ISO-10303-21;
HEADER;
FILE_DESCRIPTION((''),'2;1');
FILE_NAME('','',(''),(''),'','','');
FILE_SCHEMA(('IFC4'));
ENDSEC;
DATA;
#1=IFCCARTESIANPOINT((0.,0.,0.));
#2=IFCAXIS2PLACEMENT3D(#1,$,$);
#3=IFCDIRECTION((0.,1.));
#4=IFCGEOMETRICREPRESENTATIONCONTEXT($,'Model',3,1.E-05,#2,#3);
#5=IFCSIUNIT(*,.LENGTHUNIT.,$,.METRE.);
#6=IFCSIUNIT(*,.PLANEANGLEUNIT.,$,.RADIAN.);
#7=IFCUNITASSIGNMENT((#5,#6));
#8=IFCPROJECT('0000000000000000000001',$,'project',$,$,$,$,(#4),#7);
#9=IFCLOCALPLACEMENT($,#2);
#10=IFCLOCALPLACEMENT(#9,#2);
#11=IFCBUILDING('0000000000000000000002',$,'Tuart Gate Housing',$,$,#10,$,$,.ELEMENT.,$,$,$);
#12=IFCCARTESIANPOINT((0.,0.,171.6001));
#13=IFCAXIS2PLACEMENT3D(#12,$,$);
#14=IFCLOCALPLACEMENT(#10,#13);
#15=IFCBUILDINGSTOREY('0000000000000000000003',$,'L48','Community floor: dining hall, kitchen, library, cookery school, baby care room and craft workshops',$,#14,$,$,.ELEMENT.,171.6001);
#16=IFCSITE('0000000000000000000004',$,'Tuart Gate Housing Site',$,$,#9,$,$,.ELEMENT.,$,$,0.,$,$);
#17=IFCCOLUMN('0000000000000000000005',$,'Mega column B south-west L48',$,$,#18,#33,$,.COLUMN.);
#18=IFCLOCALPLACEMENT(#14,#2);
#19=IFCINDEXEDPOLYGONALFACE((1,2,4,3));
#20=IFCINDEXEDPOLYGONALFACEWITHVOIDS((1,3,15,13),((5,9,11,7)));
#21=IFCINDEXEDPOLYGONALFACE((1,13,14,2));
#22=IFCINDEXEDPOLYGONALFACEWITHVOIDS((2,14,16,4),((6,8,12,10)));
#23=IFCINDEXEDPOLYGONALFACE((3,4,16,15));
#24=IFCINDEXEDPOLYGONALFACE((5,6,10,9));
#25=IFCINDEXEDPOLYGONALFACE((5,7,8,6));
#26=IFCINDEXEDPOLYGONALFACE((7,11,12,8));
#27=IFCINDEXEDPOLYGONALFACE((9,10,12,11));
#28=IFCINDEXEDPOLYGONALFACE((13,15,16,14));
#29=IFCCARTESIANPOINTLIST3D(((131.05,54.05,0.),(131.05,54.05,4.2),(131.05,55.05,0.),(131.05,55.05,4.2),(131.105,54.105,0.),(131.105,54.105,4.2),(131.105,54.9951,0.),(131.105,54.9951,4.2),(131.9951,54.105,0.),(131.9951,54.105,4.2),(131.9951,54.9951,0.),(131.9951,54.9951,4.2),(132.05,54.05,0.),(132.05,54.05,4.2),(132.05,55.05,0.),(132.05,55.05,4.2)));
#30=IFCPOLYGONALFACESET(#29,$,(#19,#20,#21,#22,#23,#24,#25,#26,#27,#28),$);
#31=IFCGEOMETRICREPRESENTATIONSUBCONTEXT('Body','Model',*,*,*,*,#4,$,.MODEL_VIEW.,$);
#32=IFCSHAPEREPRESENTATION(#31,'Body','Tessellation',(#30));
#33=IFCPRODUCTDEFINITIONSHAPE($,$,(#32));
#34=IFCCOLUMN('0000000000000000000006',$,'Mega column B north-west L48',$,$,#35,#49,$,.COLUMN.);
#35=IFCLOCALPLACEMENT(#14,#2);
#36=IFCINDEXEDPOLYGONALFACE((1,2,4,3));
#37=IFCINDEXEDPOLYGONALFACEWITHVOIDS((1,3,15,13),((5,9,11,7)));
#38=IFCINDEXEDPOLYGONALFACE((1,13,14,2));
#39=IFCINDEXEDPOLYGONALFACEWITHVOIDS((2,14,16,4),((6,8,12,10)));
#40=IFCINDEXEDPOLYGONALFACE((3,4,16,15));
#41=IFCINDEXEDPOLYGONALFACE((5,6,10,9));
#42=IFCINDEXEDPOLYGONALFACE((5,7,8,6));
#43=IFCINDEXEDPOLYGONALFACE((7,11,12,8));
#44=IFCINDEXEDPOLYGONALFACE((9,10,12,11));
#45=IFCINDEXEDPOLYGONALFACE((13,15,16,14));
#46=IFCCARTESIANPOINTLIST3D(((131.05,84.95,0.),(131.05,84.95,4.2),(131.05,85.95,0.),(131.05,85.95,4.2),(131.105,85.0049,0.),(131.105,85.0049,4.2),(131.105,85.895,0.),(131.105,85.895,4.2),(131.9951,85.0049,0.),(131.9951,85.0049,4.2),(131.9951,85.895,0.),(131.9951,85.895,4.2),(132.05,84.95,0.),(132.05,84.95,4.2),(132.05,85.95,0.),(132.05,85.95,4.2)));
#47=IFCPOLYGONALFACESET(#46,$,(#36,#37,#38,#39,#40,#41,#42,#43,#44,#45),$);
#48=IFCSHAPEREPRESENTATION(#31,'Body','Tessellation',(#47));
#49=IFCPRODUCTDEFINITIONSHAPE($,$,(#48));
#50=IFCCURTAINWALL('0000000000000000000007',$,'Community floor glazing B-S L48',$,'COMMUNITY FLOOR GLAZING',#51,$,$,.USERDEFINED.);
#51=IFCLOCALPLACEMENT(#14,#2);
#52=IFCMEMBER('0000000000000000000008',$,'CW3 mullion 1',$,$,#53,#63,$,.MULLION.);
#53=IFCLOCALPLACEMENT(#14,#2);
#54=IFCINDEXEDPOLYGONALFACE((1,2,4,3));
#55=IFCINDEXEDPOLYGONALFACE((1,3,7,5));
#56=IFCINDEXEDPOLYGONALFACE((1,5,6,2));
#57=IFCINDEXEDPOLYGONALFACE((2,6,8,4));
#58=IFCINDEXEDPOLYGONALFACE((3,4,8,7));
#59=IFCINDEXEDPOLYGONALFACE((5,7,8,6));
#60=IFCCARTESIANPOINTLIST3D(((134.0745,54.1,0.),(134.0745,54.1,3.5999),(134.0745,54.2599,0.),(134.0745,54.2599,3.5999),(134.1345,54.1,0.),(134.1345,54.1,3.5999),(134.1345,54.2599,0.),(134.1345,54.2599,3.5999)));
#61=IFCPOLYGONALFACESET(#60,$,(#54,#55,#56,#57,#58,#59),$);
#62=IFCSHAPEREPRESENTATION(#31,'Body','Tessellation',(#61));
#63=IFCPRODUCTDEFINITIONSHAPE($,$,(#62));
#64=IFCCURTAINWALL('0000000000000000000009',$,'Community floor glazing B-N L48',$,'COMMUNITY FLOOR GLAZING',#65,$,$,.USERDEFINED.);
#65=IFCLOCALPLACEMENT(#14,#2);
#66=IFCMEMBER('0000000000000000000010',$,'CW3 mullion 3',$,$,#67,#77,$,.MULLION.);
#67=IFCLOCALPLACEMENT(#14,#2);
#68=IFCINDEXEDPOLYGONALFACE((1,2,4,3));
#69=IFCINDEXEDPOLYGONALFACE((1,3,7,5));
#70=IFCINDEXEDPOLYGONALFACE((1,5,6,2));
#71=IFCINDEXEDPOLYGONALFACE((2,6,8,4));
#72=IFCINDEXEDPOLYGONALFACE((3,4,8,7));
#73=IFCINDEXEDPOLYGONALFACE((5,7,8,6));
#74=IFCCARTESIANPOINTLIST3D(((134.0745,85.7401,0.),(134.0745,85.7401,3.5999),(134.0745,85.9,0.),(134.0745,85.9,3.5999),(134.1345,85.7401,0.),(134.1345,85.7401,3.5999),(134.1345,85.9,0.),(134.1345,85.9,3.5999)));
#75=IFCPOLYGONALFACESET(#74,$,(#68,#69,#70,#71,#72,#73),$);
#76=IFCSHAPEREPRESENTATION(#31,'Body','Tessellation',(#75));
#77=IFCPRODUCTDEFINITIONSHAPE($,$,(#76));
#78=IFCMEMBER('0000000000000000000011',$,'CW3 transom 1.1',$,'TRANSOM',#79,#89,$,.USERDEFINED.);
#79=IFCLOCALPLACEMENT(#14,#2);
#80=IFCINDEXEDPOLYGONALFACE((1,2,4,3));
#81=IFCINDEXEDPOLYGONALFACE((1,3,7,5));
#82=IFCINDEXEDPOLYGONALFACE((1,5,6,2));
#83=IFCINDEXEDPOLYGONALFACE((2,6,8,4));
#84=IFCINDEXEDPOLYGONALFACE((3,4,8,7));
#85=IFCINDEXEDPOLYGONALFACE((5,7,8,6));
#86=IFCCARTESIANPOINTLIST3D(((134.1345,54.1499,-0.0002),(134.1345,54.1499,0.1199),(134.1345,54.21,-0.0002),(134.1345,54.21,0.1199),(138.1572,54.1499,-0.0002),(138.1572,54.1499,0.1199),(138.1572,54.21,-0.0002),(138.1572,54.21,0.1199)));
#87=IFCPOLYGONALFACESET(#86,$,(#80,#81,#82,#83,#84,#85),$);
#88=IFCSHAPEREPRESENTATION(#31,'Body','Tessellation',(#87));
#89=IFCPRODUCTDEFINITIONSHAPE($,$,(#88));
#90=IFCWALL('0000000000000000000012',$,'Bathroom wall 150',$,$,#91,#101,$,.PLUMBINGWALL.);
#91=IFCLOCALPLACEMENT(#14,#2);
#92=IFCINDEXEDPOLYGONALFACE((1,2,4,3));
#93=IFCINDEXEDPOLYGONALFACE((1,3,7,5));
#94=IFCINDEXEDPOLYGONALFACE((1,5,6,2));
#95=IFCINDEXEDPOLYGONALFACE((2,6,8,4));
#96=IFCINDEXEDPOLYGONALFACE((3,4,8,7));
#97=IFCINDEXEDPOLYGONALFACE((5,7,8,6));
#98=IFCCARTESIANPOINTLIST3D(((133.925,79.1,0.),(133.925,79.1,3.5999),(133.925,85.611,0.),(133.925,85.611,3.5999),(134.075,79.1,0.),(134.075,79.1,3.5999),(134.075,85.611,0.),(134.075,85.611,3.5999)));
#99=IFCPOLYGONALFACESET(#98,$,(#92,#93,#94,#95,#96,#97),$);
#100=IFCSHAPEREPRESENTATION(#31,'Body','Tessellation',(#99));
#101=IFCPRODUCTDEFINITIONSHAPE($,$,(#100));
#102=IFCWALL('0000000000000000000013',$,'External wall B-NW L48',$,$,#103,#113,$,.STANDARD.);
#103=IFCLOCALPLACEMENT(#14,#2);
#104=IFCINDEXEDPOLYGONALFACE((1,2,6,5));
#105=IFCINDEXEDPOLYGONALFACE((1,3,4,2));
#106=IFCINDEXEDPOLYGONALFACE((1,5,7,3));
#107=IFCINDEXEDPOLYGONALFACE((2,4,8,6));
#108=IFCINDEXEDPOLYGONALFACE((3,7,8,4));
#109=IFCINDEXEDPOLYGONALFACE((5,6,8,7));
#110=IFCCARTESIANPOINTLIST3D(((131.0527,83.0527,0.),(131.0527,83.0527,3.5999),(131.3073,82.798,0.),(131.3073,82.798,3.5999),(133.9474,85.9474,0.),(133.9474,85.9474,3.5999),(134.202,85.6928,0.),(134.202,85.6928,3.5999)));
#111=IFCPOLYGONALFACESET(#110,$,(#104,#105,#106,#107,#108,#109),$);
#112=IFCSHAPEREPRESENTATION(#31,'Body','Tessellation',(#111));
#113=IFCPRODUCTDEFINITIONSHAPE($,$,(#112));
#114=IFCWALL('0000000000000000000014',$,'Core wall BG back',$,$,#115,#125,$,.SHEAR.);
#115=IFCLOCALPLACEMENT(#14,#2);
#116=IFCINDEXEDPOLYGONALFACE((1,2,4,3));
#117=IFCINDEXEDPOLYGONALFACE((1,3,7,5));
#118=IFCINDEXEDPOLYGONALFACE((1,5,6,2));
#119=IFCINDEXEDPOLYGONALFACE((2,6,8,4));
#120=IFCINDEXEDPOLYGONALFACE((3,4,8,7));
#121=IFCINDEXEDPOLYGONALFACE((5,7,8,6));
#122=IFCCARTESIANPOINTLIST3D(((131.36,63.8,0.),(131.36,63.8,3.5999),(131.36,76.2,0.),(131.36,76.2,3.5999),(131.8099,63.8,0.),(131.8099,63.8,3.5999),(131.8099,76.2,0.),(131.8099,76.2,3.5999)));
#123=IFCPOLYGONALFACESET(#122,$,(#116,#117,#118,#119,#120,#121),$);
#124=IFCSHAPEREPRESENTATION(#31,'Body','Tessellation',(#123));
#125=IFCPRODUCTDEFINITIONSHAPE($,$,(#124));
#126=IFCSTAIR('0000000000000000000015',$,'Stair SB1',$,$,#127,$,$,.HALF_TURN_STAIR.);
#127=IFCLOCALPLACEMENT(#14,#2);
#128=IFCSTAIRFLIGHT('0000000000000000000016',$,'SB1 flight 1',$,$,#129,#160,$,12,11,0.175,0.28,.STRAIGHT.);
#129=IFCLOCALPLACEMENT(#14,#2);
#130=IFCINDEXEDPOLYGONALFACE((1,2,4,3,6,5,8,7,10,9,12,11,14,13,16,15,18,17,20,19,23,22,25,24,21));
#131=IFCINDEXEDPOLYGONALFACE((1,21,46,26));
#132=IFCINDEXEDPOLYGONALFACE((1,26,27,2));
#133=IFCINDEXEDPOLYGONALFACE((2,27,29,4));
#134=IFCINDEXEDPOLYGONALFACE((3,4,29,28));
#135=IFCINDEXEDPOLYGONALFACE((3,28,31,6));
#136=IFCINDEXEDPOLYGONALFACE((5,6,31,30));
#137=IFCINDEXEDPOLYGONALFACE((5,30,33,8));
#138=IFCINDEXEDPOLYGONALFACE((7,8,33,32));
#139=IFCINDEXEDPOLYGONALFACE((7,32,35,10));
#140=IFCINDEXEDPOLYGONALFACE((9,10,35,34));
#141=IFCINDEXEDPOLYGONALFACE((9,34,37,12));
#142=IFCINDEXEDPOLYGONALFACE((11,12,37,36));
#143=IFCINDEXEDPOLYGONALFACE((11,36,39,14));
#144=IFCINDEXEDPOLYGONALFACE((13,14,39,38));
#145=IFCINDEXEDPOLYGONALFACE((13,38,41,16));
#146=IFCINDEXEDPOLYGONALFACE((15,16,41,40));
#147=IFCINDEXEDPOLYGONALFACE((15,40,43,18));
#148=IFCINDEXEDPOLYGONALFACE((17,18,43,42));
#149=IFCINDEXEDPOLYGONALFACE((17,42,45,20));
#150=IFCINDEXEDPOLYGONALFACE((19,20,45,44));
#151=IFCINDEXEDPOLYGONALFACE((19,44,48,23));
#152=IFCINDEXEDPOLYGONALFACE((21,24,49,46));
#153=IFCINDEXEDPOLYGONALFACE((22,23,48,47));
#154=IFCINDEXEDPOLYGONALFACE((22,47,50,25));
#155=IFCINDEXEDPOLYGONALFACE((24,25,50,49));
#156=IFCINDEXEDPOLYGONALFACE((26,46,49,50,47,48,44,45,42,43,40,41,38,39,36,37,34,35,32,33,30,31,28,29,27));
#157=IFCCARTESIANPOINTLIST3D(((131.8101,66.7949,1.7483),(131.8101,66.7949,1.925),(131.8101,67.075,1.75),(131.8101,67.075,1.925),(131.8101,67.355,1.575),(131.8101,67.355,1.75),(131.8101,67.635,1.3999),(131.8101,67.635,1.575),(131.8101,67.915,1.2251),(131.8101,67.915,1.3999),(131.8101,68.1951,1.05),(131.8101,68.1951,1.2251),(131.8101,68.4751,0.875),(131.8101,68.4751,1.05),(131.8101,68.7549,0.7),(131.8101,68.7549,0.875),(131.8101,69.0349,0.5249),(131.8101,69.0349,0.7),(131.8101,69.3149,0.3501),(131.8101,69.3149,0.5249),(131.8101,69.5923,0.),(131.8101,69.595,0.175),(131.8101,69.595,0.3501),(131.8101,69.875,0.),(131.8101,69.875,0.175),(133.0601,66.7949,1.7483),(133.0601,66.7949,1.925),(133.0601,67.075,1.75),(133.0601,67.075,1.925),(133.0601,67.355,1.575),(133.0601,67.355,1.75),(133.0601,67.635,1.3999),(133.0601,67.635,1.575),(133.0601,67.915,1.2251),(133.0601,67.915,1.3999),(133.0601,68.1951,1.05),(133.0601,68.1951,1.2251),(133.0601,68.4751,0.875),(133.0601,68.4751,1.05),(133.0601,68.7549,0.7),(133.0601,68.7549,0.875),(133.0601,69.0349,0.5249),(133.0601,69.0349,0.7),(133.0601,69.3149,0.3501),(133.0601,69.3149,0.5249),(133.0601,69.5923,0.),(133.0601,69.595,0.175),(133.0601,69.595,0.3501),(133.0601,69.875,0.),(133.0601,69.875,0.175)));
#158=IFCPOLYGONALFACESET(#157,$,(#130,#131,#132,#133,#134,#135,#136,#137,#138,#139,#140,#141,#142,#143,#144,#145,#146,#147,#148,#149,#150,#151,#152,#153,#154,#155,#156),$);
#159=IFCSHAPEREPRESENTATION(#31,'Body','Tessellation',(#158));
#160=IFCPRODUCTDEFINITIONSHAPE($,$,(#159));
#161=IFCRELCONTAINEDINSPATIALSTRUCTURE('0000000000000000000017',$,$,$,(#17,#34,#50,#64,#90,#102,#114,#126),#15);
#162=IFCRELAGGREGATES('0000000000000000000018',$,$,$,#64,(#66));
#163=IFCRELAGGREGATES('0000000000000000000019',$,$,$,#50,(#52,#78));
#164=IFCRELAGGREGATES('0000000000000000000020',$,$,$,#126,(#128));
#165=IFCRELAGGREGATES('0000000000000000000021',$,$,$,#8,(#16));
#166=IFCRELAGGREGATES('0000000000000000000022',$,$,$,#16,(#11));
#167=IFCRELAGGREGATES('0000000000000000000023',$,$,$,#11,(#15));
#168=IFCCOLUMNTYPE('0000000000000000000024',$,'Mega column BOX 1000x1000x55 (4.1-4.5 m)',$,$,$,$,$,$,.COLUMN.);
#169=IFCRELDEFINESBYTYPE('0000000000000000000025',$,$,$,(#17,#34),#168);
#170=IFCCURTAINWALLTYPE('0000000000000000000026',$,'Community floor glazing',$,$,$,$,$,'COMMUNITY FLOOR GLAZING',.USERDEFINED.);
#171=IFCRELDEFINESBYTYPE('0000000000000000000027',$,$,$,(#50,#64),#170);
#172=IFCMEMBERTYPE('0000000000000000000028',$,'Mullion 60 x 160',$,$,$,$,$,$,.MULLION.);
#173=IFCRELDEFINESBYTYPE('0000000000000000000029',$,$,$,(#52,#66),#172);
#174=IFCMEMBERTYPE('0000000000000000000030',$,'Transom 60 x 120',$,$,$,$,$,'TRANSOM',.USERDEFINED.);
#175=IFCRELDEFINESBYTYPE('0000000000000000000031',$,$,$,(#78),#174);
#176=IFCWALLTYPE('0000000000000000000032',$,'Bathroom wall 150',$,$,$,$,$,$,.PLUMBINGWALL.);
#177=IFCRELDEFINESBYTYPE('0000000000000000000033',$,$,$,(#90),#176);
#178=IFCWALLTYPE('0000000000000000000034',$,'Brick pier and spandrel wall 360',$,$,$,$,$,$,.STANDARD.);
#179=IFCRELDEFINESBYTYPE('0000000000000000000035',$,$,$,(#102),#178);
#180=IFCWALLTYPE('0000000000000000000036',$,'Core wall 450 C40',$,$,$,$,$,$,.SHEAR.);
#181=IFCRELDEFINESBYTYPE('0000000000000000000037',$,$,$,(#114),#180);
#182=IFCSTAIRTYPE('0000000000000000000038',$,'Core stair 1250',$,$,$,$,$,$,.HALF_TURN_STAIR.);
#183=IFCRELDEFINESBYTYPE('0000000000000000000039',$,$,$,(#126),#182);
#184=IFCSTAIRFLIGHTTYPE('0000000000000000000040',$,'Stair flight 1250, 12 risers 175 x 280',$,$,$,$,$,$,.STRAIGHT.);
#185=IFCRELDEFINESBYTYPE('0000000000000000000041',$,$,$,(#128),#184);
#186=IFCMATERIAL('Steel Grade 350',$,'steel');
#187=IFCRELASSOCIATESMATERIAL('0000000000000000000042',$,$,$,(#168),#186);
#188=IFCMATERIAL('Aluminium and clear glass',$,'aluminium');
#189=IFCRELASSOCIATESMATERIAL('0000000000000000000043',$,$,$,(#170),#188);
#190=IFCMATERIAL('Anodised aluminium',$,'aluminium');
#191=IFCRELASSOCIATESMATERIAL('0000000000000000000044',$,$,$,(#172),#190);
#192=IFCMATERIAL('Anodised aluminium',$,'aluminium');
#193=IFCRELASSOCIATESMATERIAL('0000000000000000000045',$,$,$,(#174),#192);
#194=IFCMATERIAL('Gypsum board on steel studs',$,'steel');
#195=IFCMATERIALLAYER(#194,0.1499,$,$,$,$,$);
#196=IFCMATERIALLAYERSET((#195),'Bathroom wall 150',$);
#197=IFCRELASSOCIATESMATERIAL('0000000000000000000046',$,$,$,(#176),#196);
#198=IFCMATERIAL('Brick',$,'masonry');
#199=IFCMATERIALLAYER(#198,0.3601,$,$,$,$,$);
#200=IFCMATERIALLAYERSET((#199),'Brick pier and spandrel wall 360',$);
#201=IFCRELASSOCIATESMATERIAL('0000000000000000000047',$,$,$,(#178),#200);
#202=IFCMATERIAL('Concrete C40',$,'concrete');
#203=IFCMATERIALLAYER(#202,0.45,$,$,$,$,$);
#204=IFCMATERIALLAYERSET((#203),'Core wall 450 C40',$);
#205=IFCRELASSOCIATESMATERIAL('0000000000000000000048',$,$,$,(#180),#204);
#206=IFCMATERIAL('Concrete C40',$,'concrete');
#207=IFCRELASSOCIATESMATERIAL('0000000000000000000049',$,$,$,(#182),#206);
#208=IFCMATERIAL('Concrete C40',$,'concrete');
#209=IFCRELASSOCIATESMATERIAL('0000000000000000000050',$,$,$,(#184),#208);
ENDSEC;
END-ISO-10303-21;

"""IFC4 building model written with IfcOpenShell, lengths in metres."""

from ifc_helpers import new_model, si_unit, direction, frame, frame_2d, origin, origin_2d, place, context, subcontext, project, spatial, polyline, rectangle, hollow_rectangle, outline, extrude, material, layer, layer_set, material_profile, profile_set, type_object, element, aggregate, save


model = new_model("IFC4")

# Units and contexts
model_context = context("Model", 3, precision=1e-05, world=origin(), true_north=direction((0.0, 1.0)))
body_context = subcontext(model_context, "Body", "Model", "MODEL_VIEW")
ifc_project = project(units=[si_unit("LENGTHUNIT", "METRE"), si_unit("PLANEANGLEUNIT", "RADIAN")], contexts=[model_context])

# Site, building, storey
site_placement = place(None, origin())
site = spatial("IfcSite", under=ifc_project, at=site_placement, Name="Tuart Gate Housing Site", CompositionType="ELEMENT", RefElevation=0.0)
building_placement = place(site_placement, origin())
building = spatial("IfcBuilding", under=site, at=building_placement, Name="Tuart Gate Housing", CompositionType="ELEMENT")
storey_placement = place(building_placement, frame((0.0, 0.0, 171.6001)))
storey = spatial("IfcBuildingStorey", under=building, at=storey_placement, Name="L48", Description="Community floor: dining hall, kitchen, library, cookery school, baby care room and craft workshops", CompositionType="ELEMENT", Elevation=171.6001)

# Columns
ifc_material_1 = material(Name="Steel Grade 350", Category="steel")
ifc_material_profile_1 = material_profile(ifc_material_1, hollow_rectangle(XDim=1.0, YDim=1.0, WallThickness=0.0549, at=origin_2d()), Name="BOX 1000x1000x55")
ifc_profile_set_1 = profile_set([ifc_material_profile_1], Name="Steel Grade 350")
column_type = type_object("IfcColumnType", Name="Mega column BOX 1000x1000x55 (4.1-4.5 m)", PredefinedType="COLUMN", material=ifc_profile_set_1)
for number, where, z_axis, x_axis, name in (
    (1, (131.55, 54.55, 0.0), (0.0, 0.0, 1.0), (1.0, 0.0, 0.0), "Mega column B south-west L48"),
    (2, (131.55, 85.45, 0.0), (0.0, 0.0, 1.0), (1.0, 0.0, 0.0), "Mega column B north-west L48"),
):
    element("IfcColumn", number, at=place(storey_placement, frame(where, z_axis=z_axis, x_axis=x_axis)), inside=storey, type_object=column_type, Name=name, PredefinedType="COLUMN", context=body_context, shape_type="SweptSolid", body=[
        extrude(hollow_rectangle(XDim=1.0, YDim=1.0, WallThickness=0.0549, at=origin_2d()), origin(), (0.0, 0.0, 1.0), 4.2),
    ])

# Curtain walls, members
ifc_material_2 = material(Name="Aluminium and clear glass", Category="aluminium")
curtain_wall_type = type_object("IfcCurtainWallType", Name="Community floor glazing", ElementType="COMMUNITY FLOOR GLAZING", PredefinedType="USERDEFINED", material=ifc_material_2)
curtain_wall_1_placement = place(storey_placement, origin())
curtain_wall_1 = element("IfcCurtainWall", 3, at=curtain_wall_1_placement, inside=storey, type_object=curtain_wall_type, Name="Community floor glazing B-S L48", ObjectType="COMMUNITY FLOOR GLAZING", PredefinedType="USERDEFINED")
ifc_material_3 = material(Name="Anodised aluminium", Category="aluminium")
ifc_material_profile_2 = material_profile(ifc_material_3, rectangle(XDim=0.0601, YDim=0.1599, at=origin_2d()), Name="60x160")
ifc_profile_set_2 = profile_set([ifc_material_profile_2], Name="Anodised aluminium")
member_type_1 = type_object("IfcMemberType", Name="Mullion 60 x 160", PredefinedType="MULLION", material=ifc_profile_set_2)
member_1_placement = place(storey_placement, frame((134.1045, 54.1799, 0.0), z_axis=(0.0, 0.0, 1.0), x_axis=(1.0, 0.0, 0.0)))
member_1 = element("IfcMember", 4, at=member_1_placement, type_object=member_type_1, Name="CW3 mullion 1", PredefinedType="MULLION", context=body_context, shape_type="SweptSolid", body=[
    extrude(rectangle(XDim=0.0601, YDim=0.1599, at=origin_2d()), origin(), (0.0, 0.0, 1.0), 3.5999),
])
curtain_wall_2_placement = place(storey_placement, origin())
curtain_wall_2 = element("IfcCurtainWall", 5, at=curtain_wall_2_placement, inside=storey, type_object=curtain_wall_type, Name="Community floor glazing B-N L48", ObjectType="COMMUNITY FLOOR GLAZING", PredefinedType="USERDEFINED")
member_2_placement = place(storey_placement, frame((134.1045, 85.8201, 0.0), z_axis=(0.0, 0.0, 1.0), x_axis=(-1.0, 0.0, 0.0)))
member_2 = element("IfcMember", 6, at=member_2_placement, type_object=member_type_1, Name="CW3 mullion 3", PredefinedType="MULLION", context=body_context, shape_type="SweptSolid", body=[
    extrude(rectangle(XDim=0.0601, YDim=0.1599, at=origin_2d()), origin(), (0.0, 0.0, 1.0), 3.5999),
])
aggregate(curtain_wall_2, [member_2])

# Member
ifc_material_4 = material(Name="Anodised aluminium", Category="aluminium")
ifc_material_profile_3 = material_profile(ifc_material_4, rectangle(XDim=0.0601, YDim=0.1201, at=origin_2d()), Name="60x120")
ifc_profile_set_3 = profile_set([ifc_material_profile_3], Name="Anodised aluminium")
member_type_2 = type_object("IfcMemberType", Name="Transom 60 x 120", ElementType="TRANSOM", PredefinedType="USERDEFINED", material=ifc_profile_set_3)
member_3_placement = place(storey_placement, frame((134.1345, 54.1799, 0.0598), z_axis=(1.0, 0.0, 0.0), x_axis=(0.0, 1.0, 0.0)))
member_3 = element("IfcMember", 7, at=member_3_placement, type_object=member_type_2, Name="CW3 transom 1.1", ObjectType="TRANSOM", PredefinedType="USERDEFINED", context=body_context, shape_type="SweptSolid", body=[
    extrude(rectangle(XDim=0.0601, YDim=0.1201, at=origin_2d()), origin(), (0.0, 0.0, 1.0), 4.0227),
])
aggregate(curtain_wall_1, [member_1, member_3])

# Walls
ifc_material_5 = material(Name="Gypsum board on steel studs", Category="steel")
ifc_layer_1 = layer(ifc_material_5, 0.1499)
ifc_layer_set_1 = layer_set([ifc_layer_1], Name="Bathroom wall 150")
wall_type_1 = type_object("IfcWallType", Name="Bathroom wall 150", PredefinedType="PLUMBINGWALL", material=ifc_layer_set_1)
wall_1_placement = place(storey_placement, frame((134.0, 79.1001, 0.0), z_axis=(0.0, 0.0, 1.0), x_axis=(0.0, 1.0, 0.0)))
element("IfcWall", 8, at=wall_1_placement, inside=storey, type_object=wall_type_1, Name="Bathroom wall 150", PredefinedType="PLUMBINGWALL", context=body_context, shape_type="SweptSolid", body=[
    extrude(rectangle(XDim=6.511, YDim=0.1499, at=frame_2d((3.2554, 0.0))), origin(), (0.0, 0.0, 1.0), 3.5999),
])
ifc_material_6 = material(Name="Brick", Category="masonry")
ifc_layer_2 = layer(ifc_material_6, 0.3601)
ifc_layer_set_2 = layer_set([ifc_layer_2], Name="Brick pier and spandrel wall 360")
wall_type_2 = type_object("IfcWallType", Name="Brick pier and spandrel wall 360", PredefinedType="STANDARD", material=ifc_layer_set_2)
wall_2_placement = place(storey_placement, frame((134.0747, 85.8201, 0.0), z_axis=(0.0, 0.0, 1.0), x_axis=(-0.707107, -0.707107, 0.0)))
element("IfcWall", 9, at=wall_2_placement, inside=storey, type_object=wall_type_2, Name="External wall B-NW L48", PredefinedType="STANDARD", context=body_context, shape_type="SweptSolid", body=[
    extrude(rectangle(XDim=4.0938, YDim=0.3601, at=frame_2d((2.0469, 0.0))), origin(), (0.0, 0.0, 1.0), 3.5999),
])
ifc_material_7 = material(Name="Concrete C40", Category="concrete")
ifc_layer_3 = layer(ifc_material_7, 0.45)
ifc_layer_set_3 = layer_set([ifc_layer_3], Name="Core wall 450 C40")
wall_type_3 = type_object("IfcWallType", Name="Core wall 450 C40", PredefinedType="SHEAR", material=ifc_layer_set_3)
wall_3_placement = place(storey_placement, frame((131.585, 63.8, 0.0), z_axis=(0.0, 0.0, 1.0), x_axis=(0.0, 1.0, 0.0)))
element("IfcWall", 10, at=wall_3_placement, inside=storey, type_object=wall_type_3, Name="Core wall BG back", PredefinedType="SHEAR", context=body_context, shape_type="SweptSolid", body=[
    extrude(rectangle(XDim=12.3999, YDim=0.45, at=frame_2d((6.2, 0.0))), origin(), (0.0, 0.0, 1.0), 3.5999),
])

# Stair, stair flight
ifc_material_8 = material(Name="Concrete C40", Category="concrete")
stair_type = type_object("IfcStairType", Name="Core stair 1250", PredefinedType="HALF_TURN_STAIR", material=ifc_material_8)
stair_placement = place(storey_placement, origin())
stair = element("IfcStair", 11, at=stair_placement, inside=storey, type_object=stair_type, Name="Stair SB1", PredefinedType="HALF_TURN_STAIR")
ifc_material_9 = material(Name="Concrete C40", Category="concrete")
stair_flight_type = type_object("IfcStairFlightType", Name="Stair flight 1250, 12 risers 175 x 280", PredefinedType="STRAIGHT", material=ifc_material_9)
stair_flight_1_placement = place(storey_placement, frame((132.4351, 69.875, 0.0), z_axis=(0.0, 0.0, 1.0), x_axis=(0.0, -1.0, 0.0)))
stair_flight_1 = element("IfcStairFlight", 12, at=stair_flight_1_placement, type_object=stair_flight_type, Name="SB1 flight 1", NumberOfRisers=12, NumberOfTreads=11, PredefinedType="STRAIGHT", RiserHeight=0.175, TreadLength=0.28, context=body_context, shape_type="SweptSolid", body=[
    extrude(outline(polyline([(0.0, 0.0), (0.0, 0.175), (0.28, 0.175), (0.28, 0.3501), (0.5601, 0.3501), (0.5601, 0.5249), (0.8401, 0.5249), (0.8401, 0.7), (1.1201, 0.7), (1.1201, 0.875), (1.3999, 0.875), (1.3999, 1.05), (1.6799, 1.05), (1.6799, 1.2251), (1.96, 1.2251), (1.96, 1.3999), (2.24, 1.3999), (2.24, 1.575), (2.52, 1.575), (2.52, 1.75), (2.8, 1.75), (2.8, 1.925), (3.0801, 1.925), (3.0801, 2.1001), (3.0801, 1.7483), (0.2827, 0.0), (0.0, 0.0)])), frame((0.0, 0.625, 0.0), z_axis=(0.0, -1.0, 0.0), x_axis=(1.0, 0.0, 0.0)), (0.0, 0.0, 1.0), 1.25),
])
aggregate(stair, [stair_flight_1])

save(model, "model.ifc")
